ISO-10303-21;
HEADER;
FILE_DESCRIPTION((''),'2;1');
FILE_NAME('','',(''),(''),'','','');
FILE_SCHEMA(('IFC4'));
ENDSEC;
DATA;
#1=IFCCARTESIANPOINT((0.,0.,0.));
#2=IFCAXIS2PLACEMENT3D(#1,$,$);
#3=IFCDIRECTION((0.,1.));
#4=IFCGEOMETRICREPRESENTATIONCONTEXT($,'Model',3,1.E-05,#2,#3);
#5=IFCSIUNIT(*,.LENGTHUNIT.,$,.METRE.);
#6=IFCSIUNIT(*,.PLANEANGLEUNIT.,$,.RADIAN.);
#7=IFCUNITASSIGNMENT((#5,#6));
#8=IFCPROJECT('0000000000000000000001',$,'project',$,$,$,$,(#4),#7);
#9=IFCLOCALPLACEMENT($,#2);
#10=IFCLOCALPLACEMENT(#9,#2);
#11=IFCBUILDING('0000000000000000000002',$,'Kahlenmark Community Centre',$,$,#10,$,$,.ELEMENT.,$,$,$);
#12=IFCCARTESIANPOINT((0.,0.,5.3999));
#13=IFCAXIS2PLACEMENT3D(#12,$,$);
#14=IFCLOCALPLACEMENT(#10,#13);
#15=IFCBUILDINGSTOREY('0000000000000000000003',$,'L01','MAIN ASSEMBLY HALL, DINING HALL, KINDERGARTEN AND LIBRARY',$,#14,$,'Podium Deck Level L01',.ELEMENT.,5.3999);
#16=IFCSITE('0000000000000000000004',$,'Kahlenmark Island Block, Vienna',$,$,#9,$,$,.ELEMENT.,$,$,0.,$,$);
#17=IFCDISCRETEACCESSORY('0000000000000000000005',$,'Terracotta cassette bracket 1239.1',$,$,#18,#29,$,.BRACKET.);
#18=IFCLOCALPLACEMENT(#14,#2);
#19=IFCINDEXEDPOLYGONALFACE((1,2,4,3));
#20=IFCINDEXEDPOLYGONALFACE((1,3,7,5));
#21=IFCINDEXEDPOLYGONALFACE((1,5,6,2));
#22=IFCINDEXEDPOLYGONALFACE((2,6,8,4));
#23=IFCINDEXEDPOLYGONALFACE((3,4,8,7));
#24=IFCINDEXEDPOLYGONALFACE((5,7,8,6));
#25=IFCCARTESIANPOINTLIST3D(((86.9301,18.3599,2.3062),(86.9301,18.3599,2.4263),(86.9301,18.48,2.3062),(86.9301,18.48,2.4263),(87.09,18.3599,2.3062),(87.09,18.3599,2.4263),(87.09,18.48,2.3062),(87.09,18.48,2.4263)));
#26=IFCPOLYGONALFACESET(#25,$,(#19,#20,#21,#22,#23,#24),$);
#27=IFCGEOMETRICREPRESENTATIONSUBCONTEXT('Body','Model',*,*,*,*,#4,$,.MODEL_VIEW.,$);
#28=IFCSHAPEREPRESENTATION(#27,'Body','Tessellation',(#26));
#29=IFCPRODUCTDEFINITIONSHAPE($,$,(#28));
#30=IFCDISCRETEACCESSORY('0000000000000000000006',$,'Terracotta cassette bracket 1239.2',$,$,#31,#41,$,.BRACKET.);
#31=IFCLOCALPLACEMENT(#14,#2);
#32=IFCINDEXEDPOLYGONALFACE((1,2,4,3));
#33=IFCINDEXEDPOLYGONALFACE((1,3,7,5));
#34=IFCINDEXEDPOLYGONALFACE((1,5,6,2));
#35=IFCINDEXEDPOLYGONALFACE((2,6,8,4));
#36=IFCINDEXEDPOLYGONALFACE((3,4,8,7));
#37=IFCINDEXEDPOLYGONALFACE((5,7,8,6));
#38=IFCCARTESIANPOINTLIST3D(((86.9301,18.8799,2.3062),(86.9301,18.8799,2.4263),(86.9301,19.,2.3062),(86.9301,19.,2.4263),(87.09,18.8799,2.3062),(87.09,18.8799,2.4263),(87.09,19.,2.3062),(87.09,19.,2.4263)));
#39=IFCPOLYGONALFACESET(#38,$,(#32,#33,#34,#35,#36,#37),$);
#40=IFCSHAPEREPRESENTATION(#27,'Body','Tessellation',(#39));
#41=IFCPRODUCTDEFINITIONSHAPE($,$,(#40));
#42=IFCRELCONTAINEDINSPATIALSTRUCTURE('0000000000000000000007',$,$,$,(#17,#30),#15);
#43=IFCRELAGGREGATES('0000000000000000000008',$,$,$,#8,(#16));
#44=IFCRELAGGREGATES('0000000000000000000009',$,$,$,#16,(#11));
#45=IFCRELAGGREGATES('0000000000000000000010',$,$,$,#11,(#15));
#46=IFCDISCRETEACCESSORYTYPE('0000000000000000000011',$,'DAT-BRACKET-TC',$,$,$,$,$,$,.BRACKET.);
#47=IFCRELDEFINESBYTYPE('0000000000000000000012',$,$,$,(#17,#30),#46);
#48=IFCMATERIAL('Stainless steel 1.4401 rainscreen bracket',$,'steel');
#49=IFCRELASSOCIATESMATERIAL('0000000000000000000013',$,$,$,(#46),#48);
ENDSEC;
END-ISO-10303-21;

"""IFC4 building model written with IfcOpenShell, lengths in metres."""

from ifc_helpers import new_model, si_unit, direction, frame, origin, origin_2d, place, context, subcontext, project, spatial, rectangle, extrude, material, type_object, element, save


model = new_model("IFC4")

# Units and contexts
model_context = context("Model", 3, precision=1e-05, world=origin(), true_north=direction((0.0, 1.0)))
body_context = subcontext(model_context, "Body", "Model", "MODEL_VIEW")
ifc_project = project(units=[si_unit("LENGTHUNIT", "METRE"), si_unit("PLANEANGLEUNIT", "RADIAN")], contexts=[model_context])

# Site, building, storey
site_placement = place(None, origin())
site = spatial("IfcSite", under=ifc_project, at=site_placement, Name="Kahlenmark Island Block, Vienna", CompositionType="ELEMENT", RefElevation=0.0)
building_placement = place(site_placement, origin())
building = spatial("IfcBuilding", under=site, at=building_placement, Name="Kahlenmark Community Centre", CompositionType="ELEMENT")
storey_placement = place(building_placement, frame((0.0, 0.0, 5.3999)))
storey = spatial("IfcBuildingStorey", under=building, at=storey_placement, Name="L01", Description="MAIN ASSEMBLY HALL, DINING HALL, KINDERGARTEN AND LIBRARY", LongName="Podium Deck Level L01", CompositionType="ELEMENT", Elevation=5.3999)

# Discrete accessories
ifc_material_1 = material(Name="Stainless steel 1.4401 rainscreen bracket", Category="steel")
discrete_accessory_type = type_object("IfcDiscreteAccessoryType", Name="DAT-BRACKET-TC", PredefinedType="BRACKET", material=ifc_material_1)
for number, where, z_axis, x_axis, name in (
    (1, (87.01, 18.4199, 2.3062), (0.0, 0.0, 1.0), (0.0, 1.0, 0.0), "Terracotta cassette bracket 1239.1"),
    (2, (87.01, 18.9399, 2.3062), (0.0, 0.0, 1.0), (0.0, 1.0, 0.0), "Terracotta cassette bracket 1239.2"),
):
    element("IfcDiscreteAccessory", number, at=place(storey_placement, frame(where, z_axis=z_axis, x_axis=x_axis)), inside=storey, type_object=discrete_accessory_type, Name=name, PredefinedType="BRACKET", context=body_context, shape_type="SweptSolid", body=[
        extrude(rectangle(XDim=0.1201, YDim=0.1599, at=origin_2d()), origin(), (0.0, 0.0, 1.0), 0.1201),
    ])

save(model, "model.ifc")
